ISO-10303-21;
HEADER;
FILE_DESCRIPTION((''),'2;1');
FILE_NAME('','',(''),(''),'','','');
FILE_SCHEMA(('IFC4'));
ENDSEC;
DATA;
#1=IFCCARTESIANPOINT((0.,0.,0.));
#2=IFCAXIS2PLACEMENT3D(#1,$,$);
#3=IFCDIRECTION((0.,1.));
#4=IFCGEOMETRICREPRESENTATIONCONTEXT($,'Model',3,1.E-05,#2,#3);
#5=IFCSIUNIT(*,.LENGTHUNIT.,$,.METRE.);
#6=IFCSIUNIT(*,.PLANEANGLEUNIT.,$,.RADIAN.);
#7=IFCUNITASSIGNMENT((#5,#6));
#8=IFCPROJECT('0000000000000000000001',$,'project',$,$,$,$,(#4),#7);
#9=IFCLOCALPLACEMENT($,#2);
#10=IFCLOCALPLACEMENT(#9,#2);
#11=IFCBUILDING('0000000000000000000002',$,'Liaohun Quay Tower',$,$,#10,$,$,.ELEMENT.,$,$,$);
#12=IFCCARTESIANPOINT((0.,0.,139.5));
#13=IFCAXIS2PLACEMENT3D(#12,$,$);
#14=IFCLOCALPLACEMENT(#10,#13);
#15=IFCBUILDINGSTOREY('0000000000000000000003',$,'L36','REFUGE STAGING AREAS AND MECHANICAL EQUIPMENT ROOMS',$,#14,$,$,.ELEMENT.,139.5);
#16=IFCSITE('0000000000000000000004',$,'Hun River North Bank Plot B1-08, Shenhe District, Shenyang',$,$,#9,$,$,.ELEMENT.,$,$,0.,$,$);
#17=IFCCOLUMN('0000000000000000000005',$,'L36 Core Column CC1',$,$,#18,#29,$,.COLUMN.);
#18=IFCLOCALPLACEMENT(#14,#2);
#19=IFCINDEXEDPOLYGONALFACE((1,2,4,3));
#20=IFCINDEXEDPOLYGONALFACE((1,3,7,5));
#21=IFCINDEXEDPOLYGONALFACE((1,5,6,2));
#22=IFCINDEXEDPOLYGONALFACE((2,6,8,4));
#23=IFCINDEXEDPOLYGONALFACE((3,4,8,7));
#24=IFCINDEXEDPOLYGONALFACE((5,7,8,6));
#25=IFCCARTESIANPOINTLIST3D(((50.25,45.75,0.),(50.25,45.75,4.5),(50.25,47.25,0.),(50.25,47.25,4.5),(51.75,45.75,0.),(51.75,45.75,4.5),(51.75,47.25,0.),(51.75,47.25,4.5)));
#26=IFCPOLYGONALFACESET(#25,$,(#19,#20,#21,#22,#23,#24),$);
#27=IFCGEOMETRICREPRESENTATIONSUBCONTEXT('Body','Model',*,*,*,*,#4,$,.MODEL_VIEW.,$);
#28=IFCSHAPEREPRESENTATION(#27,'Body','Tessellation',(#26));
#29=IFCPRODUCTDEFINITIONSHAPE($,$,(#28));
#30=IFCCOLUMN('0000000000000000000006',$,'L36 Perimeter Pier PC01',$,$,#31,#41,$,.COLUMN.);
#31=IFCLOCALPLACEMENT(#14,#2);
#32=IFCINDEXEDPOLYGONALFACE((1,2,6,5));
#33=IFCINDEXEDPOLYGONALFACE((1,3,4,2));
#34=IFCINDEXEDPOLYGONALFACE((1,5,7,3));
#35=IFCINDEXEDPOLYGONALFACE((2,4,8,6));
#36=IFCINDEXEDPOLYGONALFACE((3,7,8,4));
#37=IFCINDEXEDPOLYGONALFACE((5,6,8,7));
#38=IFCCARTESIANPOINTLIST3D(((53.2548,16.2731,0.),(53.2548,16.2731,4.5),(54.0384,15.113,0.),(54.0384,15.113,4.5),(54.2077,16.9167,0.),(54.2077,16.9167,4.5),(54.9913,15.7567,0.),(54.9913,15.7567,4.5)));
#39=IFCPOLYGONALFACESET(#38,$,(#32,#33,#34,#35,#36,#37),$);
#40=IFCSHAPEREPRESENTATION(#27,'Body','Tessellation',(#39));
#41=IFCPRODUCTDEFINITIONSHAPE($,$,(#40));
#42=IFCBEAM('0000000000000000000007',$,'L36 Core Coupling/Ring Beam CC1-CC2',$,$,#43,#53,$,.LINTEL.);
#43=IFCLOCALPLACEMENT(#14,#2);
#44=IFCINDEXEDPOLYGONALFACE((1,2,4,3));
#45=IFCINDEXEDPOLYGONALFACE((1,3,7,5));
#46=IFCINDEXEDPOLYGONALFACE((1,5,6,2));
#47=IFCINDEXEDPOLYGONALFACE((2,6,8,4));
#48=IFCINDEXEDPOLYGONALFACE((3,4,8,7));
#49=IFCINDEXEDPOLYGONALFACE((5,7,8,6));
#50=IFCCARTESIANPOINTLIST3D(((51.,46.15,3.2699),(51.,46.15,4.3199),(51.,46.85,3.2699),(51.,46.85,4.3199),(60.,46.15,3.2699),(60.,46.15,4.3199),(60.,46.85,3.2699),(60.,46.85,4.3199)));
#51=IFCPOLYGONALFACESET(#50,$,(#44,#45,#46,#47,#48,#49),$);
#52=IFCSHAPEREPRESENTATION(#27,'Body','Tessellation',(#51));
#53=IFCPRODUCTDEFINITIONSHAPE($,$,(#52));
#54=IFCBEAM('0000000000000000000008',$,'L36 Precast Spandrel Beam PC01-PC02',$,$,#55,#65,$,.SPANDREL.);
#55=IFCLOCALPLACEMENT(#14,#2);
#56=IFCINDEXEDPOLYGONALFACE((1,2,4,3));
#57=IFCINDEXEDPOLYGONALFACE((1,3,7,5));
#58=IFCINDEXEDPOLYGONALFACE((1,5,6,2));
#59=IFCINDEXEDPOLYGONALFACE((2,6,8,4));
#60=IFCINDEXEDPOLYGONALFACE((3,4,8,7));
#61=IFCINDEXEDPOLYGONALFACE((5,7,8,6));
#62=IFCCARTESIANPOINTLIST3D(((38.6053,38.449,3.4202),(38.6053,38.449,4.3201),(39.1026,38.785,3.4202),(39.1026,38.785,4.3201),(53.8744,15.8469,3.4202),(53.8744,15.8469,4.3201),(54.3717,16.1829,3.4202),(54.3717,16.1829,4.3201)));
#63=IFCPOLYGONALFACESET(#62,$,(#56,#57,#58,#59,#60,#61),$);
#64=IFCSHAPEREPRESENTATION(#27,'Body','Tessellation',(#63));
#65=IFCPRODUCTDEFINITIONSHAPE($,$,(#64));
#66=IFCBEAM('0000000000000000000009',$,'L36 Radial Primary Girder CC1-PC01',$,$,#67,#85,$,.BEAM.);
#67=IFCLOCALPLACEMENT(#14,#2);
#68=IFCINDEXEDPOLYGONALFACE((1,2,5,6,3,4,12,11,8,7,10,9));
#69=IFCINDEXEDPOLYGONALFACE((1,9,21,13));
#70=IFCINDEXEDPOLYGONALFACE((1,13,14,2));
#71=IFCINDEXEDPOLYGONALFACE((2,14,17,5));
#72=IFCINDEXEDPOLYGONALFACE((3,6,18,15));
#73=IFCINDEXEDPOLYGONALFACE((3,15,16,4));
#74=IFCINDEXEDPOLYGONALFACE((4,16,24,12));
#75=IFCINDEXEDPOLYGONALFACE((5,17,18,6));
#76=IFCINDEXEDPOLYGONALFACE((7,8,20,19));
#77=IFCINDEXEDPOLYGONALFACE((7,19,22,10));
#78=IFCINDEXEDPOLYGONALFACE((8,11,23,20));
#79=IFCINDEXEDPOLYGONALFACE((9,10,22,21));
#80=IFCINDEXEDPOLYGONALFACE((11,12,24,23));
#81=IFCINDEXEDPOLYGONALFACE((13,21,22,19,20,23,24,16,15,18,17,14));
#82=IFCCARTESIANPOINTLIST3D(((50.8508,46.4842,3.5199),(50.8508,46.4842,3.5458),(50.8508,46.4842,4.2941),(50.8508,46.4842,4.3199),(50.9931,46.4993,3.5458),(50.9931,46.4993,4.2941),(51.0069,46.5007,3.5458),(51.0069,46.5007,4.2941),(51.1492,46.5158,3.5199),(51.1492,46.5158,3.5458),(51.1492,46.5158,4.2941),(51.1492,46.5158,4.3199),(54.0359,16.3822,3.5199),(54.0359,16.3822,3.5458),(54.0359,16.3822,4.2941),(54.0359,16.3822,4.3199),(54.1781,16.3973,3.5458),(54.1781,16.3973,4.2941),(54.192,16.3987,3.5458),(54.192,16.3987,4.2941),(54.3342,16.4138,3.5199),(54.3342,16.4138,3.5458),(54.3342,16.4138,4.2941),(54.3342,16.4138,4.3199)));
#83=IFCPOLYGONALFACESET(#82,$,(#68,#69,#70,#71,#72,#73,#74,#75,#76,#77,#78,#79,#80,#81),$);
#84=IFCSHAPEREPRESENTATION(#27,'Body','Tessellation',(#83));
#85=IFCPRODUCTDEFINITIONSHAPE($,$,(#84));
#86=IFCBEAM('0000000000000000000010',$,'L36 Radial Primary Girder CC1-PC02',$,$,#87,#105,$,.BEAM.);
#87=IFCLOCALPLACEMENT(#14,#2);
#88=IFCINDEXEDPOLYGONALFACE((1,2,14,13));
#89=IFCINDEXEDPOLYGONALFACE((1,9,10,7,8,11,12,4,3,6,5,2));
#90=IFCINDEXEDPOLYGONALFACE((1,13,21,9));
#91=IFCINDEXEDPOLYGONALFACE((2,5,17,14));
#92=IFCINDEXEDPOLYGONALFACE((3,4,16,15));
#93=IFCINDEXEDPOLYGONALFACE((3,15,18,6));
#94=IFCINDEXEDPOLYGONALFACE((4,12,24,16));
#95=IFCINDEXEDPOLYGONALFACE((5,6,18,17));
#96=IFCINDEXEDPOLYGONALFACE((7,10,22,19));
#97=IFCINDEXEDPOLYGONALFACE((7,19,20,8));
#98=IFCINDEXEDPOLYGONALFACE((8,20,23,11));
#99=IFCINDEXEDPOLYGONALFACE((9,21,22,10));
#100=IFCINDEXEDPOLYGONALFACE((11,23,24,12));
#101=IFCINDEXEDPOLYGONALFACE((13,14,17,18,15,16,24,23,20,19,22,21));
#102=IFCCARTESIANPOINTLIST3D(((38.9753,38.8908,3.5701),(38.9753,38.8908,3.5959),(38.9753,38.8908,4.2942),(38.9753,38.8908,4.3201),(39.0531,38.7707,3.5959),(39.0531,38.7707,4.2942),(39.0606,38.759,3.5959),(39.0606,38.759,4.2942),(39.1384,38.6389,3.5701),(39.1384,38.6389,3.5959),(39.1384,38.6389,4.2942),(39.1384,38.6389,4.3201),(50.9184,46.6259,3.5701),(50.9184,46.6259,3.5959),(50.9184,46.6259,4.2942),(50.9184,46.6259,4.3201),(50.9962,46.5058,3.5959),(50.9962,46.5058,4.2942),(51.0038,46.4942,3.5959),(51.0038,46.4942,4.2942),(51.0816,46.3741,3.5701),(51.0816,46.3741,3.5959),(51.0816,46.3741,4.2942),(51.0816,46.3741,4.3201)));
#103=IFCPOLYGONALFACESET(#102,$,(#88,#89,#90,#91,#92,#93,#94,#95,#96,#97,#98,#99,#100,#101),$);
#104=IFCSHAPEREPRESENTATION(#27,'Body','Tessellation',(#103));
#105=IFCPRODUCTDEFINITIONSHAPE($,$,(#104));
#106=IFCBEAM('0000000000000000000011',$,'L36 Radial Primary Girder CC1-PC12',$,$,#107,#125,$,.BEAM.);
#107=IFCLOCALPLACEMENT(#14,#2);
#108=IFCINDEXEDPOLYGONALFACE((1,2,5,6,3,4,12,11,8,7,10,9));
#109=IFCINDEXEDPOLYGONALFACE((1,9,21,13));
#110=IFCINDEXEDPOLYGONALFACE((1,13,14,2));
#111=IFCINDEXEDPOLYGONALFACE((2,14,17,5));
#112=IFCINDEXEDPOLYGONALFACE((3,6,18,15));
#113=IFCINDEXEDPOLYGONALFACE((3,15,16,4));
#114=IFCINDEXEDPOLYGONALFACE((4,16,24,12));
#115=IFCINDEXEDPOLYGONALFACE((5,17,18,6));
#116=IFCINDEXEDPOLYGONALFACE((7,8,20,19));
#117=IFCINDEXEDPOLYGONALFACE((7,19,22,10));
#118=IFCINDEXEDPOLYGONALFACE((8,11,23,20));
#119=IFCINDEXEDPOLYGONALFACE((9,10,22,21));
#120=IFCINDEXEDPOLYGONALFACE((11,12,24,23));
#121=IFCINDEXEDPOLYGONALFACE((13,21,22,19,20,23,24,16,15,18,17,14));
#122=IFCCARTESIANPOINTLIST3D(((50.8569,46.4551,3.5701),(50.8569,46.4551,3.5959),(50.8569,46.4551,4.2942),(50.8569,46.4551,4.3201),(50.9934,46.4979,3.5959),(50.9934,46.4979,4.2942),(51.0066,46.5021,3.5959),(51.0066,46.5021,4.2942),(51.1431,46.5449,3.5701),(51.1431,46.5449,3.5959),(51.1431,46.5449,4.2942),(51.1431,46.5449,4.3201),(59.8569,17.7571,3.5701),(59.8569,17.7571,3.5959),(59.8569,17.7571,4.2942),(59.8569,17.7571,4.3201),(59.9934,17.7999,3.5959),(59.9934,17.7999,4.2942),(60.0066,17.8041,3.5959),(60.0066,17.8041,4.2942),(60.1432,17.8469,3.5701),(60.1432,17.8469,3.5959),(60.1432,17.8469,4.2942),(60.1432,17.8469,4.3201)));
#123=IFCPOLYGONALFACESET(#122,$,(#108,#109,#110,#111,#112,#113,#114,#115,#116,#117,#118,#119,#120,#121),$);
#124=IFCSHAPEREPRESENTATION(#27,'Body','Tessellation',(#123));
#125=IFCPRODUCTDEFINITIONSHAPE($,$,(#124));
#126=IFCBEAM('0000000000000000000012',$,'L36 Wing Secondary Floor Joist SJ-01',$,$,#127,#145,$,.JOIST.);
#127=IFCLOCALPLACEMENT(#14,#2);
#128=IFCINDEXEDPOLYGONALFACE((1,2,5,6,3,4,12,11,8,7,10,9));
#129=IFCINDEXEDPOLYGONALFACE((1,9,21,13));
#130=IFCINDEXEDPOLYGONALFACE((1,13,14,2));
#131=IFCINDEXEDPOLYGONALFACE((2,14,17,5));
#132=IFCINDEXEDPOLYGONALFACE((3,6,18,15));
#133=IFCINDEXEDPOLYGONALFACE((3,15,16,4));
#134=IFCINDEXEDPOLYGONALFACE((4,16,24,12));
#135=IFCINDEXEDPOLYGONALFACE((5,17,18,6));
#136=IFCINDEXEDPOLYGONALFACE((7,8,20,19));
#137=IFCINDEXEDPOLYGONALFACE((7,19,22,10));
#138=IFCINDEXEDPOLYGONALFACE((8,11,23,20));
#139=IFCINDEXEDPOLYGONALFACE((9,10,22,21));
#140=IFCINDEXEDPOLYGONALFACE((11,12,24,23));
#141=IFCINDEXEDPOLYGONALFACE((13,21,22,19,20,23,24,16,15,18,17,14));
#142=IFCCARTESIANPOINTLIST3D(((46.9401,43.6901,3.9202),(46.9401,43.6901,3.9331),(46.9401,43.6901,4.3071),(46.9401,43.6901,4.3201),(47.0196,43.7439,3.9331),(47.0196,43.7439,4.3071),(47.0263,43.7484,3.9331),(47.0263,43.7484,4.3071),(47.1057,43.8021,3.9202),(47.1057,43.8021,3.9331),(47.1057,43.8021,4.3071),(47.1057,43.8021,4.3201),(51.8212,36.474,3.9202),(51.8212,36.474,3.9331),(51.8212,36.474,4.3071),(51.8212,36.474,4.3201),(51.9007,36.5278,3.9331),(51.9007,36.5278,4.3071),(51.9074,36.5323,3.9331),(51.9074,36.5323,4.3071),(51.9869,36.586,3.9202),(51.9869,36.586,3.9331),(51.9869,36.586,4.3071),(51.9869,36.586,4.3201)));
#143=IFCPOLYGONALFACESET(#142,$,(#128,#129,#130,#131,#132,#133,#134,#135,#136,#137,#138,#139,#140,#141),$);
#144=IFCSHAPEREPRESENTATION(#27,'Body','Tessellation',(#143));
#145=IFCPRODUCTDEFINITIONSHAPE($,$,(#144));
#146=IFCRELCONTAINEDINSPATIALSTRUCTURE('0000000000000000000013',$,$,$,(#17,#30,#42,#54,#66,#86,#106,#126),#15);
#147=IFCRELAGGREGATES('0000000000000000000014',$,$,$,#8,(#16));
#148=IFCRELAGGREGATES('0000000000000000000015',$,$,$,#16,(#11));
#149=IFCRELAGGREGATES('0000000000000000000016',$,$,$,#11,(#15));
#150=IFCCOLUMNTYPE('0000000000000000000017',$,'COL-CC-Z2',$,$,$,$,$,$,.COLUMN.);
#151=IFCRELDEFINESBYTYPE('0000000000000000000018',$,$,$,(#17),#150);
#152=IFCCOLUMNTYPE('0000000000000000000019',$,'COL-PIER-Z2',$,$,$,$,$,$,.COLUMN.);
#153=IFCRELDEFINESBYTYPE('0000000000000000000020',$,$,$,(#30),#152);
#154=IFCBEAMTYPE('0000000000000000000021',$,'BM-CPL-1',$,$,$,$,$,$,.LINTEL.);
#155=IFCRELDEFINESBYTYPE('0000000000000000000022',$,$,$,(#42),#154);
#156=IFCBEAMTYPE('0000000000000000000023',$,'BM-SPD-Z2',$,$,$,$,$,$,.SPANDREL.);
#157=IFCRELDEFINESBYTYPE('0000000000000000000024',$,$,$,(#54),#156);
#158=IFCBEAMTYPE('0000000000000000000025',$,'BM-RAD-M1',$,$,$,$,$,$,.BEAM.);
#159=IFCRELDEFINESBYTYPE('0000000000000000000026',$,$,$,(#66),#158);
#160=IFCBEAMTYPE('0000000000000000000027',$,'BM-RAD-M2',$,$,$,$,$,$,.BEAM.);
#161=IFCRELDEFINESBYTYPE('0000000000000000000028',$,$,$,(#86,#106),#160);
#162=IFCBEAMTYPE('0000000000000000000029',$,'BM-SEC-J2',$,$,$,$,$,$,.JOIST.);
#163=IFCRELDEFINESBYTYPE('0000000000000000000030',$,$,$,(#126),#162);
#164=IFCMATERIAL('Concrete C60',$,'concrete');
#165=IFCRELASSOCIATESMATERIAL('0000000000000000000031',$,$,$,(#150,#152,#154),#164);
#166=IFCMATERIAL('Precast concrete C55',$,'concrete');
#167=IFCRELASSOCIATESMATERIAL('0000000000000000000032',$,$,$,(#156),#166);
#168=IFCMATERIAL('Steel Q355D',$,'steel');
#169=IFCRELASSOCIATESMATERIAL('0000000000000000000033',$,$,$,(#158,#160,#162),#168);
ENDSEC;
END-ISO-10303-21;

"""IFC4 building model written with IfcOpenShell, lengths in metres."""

from ifc_helpers import new_model, si_unit, direction, frame, origin, origin_2d, place, context, subcontext, project, spatial, rectangle, i_section, extrude, source, transform, mapped, material, material_profile, profile_set, type_object, element, save


model = new_model("IFC4")

# Units and contexts
model_context = context("Model", 3, precision=1e-05, world=origin(), true_north=direction((0.0, 1.0)))
body_context = subcontext(model_context, "Body", "Model", "MODEL_VIEW")
ifc_project = project(units=[si_unit("LENGTHUNIT", "METRE"), si_unit("PLANEANGLEUNIT", "RADIAN")], contexts=[model_context])

# Site, building, storey
site_placement = place(None, origin())
site = spatial("IfcSite", under=ifc_project, at=site_placement, Name="Hun River North Bank Plot B1-08, Shenhe District, Shenyang", CompositionType="ELEMENT", RefElevation=0.0)
building_placement = place(site_placement, origin())
building = spatial("IfcBuilding", under=site, at=building_placement, Name="Liaohun Quay Tower", CompositionType="ELEMENT")
storey_placement = place(building_placement, frame((0.0, 0.0, 139.5)))
storey = spatial("IfcBuildingStorey", under=building, at=storey_placement, Name="L36", Description="REFUGE STAGING AREAS AND MECHANICAL EQUIPMENT ROOMS", CompositionType="ELEMENT", Elevation=139.5)

# Columns
ifc_material_1 = material(Name="Concrete C60", Category="concrete")
ifc_material_profile_1 = material_profile(ifc_material_1, rectangle(XDim=1.5, YDim=1.5, at=origin_2d()), Name="RC1500x1500")
ifc_profile_set_1 = profile_set([ifc_material_profile_1], Name="Concrete C60")
column_type_1 = type_object("IfcColumnType", Name="COL-CC-Z2", PredefinedType="COLUMN", material=ifc_profile_set_1)
shared_shape_1 = source(origin(), body_context, "Body", "SweptSolid", [
    extrude(rectangle(XDim=1.5, YDim=1.5, at=origin_2d()), origin(), (0.0, 0.0, 1.0), 4.5),
])
column_1_placement = place(storey_placement, frame((51.0, 46.5, 0.0), z_axis=(0.0, 0.0, 1.0), x_axis=(1.0, 0.0, 0.0)))
element("IfcColumn", 1, at=column_1_placement, inside=storey, type_object=column_type_1, Name="L36 Core Column CC1", PredefinedType="COLUMN", context=body_context, shape_type="MappedRepresentation", body=[
    mapped(shared_shape_1, transform((0.0, 0.0, 0.0), x_axis=(1.0, 0.0, 0.0), y_axis=(0.0, 1.0, 0.0), z_axis=(0.0, 0.0, 1.0), scale=1.0)),
])
ifc_material_profile_2 = material_profile(ifc_material_1, rectangle(XDim=1.3999, YDim=1.1499, at=origin_2d()), Name="RC1400x1150")
ifc_profile_set_2 = profile_set([ifc_material_profile_2], Name="Concrete C60")
column_type_2 = type_object("IfcColumnType", Name="COL-PIER-Z2", PredefinedType="COLUMN", material=ifc_profile_set_2)
shared_shape_2 = source(origin(), body_context, "Body", "SweptSolid", [
    extrude(rectangle(XDim=1.3999, YDim=1.1499, at=origin_2d()), origin(), (0.0, 0.0, 1.0), 4.5),
])
column_2_placement = place(storey_placement, frame((54.123, 16.0149, 0.0), z_axis=(0.0, 0.0, 1.0), x_axis=(-0.559772, 0.828647, 0.0)))
element("IfcColumn", 2, at=column_2_placement, inside=storey, type_object=column_type_2, Name="L36 Perimeter Pier PC01", PredefinedType="COLUMN", context=body_context, shape_type="MappedRepresentation", body=[
    mapped(shared_shape_2, transform((0.0, 0.0, 0.0), x_axis=(1.0, 0.0, 0.0), y_axis=(0.0, 1.0, 0.0), z_axis=(0.0, 0.0, 1.0), scale=1.0)),
])

# Beams
ifc_material_profile_3 = material_profile(ifc_material_1, rectangle(XDim=0.7, YDim=1.05, at=origin_2d()), Name="RC700x1050")
ifc_profile_set_3 = profile_set([ifc_material_profile_3], Name="Concrete C60")
beam_type_1 = type_object("IfcBeamType", Name="BM-CPL-1", PredefinedType="LINTEL", material=ifc_profile_set_3)
shared_shape_3 = source(origin(), body_context, "Body", "SweptSolid", [
    extrude(rectangle(XDim=0.7, YDim=1.05, at=origin_2d()), origin(), (0.0, 0.0, 1.0), 9.0),
])
beam_1_placement = place(storey_placement, frame((51.0, 46.5, 3.7949), z_axis=(1.0, 0.0, 0.0), x_axis=(0.0, 1.0, 0.0)))
element("IfcBeam", 3, at=beam_1_placement, inside=storey, type_object=beam_type_1, Name="L36 Core Coupling/Ring Beam CC1-CC2", PredefinedType="LINTEL", context=body_context, shape_type="MappedRepresentation", body=[
    mapped(shared_shape_3, transform((0.0, 0.0, 0.0), x_axis=(1.0, 0.0, 0.0), y_axis=(0.0, 1.0, 0.0), z_axis=(0.0, 0.0, 1.0), scale=1.0)),
])
ifc_material_2 = material(Name="Precast concrete C55", Category="concrete")
ifc_material_profile_4 = material_profile(ifc_material_2, rectangle(XDim=0.6001, YDim=0.8999, at=origin_2d()), Name="RC600x900")
ifc_profile_set_4 = profile_set([ifc_material_profile_4], Name="Precast concrete C55")
beam_type_2 = type_object("IfcBeamType", Name="BM-SPD-Z2", PredefinedType="SPANDREL", material=ifc_profile_set_4)
shared_shape_4 = source(origin(), body_context, "Body", "SweptSolid", [
    extrude(rectangle(XDim=0.6001, YDim=0.8999, at=origin_2d()), origin(), (0.0, 0.0, 1.0), 27.2764),
])
beam_2_placement = place(storey_placement, frame((54.123, 16.0149, 3.8701), z_axis=(-0.559792, 0.828633, 0.0), x_axis=(-0.828633, -0.559792, 0.0)))
element("IfcBeam", 4, at=beam_2_placement, inside=storey, type_object=beam_type_2, Name="L36 Precast Spandrel Beam PC01-PC02", PredefinedType="SPANDREL", context=body_context, shape_type="MappedRepresentation", body=[
    mapped(shared_shape_4, transform((0.0, 0.0, 0.0), x_axis=(1.0, 0.0, 0.0), y_axis=(0.0, 1.0, 0.0), z_axis=(0.0, 0.0, 1.0), scale=1.0)),
])
ifc_material_3 = material(Name="Steel Q355D", Category="steel")
ifc_material_profile_5 = material_profile(ifc_material_3, i_section(OverallWidth=0.3, OverallDepth=0.8, WebThickness=0.0139, FlangeThickness=0.0259, at=origin_2d()), Name="HN800x300x14x26")
ifc_profile_set_5 = profile_set([ifc_material_profile_5], Name="Steel Q355D")
beam_type_3 = type_object("IfcBeamType", Name="BM-RAD-M1", PredefinedType="BEAM", material=ifc_profile_set_5)
shared_shape_5 = source(origin(), body_context, "Body", "SweptSolid", [
    extrude(i_section(OverallWidth=0.3, OverallDepth=0.8, WebThickness=0.0139, FlangeThickness=0.0259, at=origin_2d()), origin(), (0.0, 0.0, 1.0), 30.27),
])
beam_3_placement = place(storey_placement, frame((51.0, 46.5, 3.9199), z_axis=(0.105221, -0.994449, 0.0), x_axis=(0.994449, 0.105221, 0.0)))
element("IfcBeam", 5, at=beam_3_placement, inside=storey, type_object=beam_type_3, Name="L36 Radial Primary Girder CC1-PC01", PredefinedType="BEAM", context=body_context, shape_type="MappedRepresentation", body=[
    mapped(shared_shape_5, transform((0.0, 0.0, 0.0), x_axis=(1.0, 0.0, 0.0), y_axis=(0.0, 1.0, 0.0), z_axis=(0.0, 0.0, 1.0), scale=1.0)),
])
ifc_material_profile_6 = material_profile(ifc_material_3, i_section(OverallWidth=0.3, OverallDepth=0.75, WebThickness=0.0139, FlangeThickness=0.0259, at=origin_2d()), Name="HN750x300x14x26")
ifc_profile_set_6 = profile_set([ifc_material_profile_6], Name="Steel Q355D")
beam_type_4 = type_object("IfcBeamType", Name="BM-RAD-M2", PredefinedType="BEAM", material=ifc_profile_set_6)
shared_shape_6 = source(origin(), body_context, "Body", "SweptSolid", [
    extrude(i_section(OverallWidth=0.3, OverallDepth=0.75, WebThickness=0.0139, FlangeThickness=0.0259, at=origin_2d()), origin(), (0.0, 0.0, 1.0), 14.2292),
])
beam_4_placement = place(storey_placement, frame((51.0, 46.5, 3.9451), z_axis=(-0.839339, -0.543608, 0.0), x_axis=(0.543608, -0.839339, 0.0)))
element("IfcBeam", 6, at=beam_4_placement, inside=storey, type_object=beam_type_4, Name="L36 Radial Primary Girder CC1-PC02", PredefinedType="BEAM", context=body_context, shape_type="MappedRepresentation", body=[
    mapped(shared_shape_6, transform((0.0, 0.0, 0.0), x_axis=(1.0, 0.0, 0.0), y_axis=(0.0, 1.0, 0.0), z_axis=(0.0, 0.0, 1.0), scale=1.0)),
])
shared_shape_7 = source(origin(), body_context, "Body", "SweptSolid", [
    extrude(i_section(OverallWidth=0.3, OverallDepth=0.75, WebThickness=0.0139, FlangeThickness=0.0259, at=origin_2d()), origin(), (0.0, 0.0, 1.0), 30.0762),
])
beam_5_placement = place(storey_placement, frame((51.0, 46.5, 3.9451), z_axis=(0.29924, -0.954178, 0.0), x_axis=(0.954178, 0.29924, 0.0)))
element("IfcBeam", 7, at=beam_5_placement, inside=storey, type_object=beam_type_4, Name="L36 Radial Primary Girder CC1-PC12", PredefinedType="BEAM", context=body_context, shape_type="MappedRepresentation", body=[
    mapped(shared_shape_7, transform((0.0, 0.0, 0.0), x_axis=(1.0, 0.0, 0.0), y_axis=(0.0, 1.0, 0.0), z_axis=(0.0, 0.0, 1.0), scale=1.0)),
])
ifc_material_profile_7 = material_profile(ifc_material_3, i_section(OverallWidth=0.2, OverallDepth=0.3999, WebThickness=0.0081, FlangeThickness=0.0129, at=origin_2d()), Name="HN400x200x8x13")
ifc_profile_set_7 = profile_set([ifc_material_profile_7], Name="Steel Q355D")
beam_type_5 = type_object("IfcBeamType", Name="BM-SEC-J2", PredefinedType="JOIST", material=ifc_profile_set_7)
shared_shape_8 = source(origin(), body_context, "Body", "SweptSolid", [
    extrude(i_section(OverallWidth=0.2, OverallDepth=0.3999, WebThickness=0.0081, FlangeThickness=0.0129, at=origin_2d()), origin(), (0.0, 0.0, 1.0), 8.7119),
])
beam_6_placement = place(storey_placement, frame((51.9041, 36.53, 4.1201), z_axis=(-0.560282, 0.828302, 0.0), x_axis=(-0.828302, -0.560282, 0.0)))
element("IfcBeam", 8, at=beam_6_placement, inside=storey, type_object=beam_type_5, Name="L36 Wing Secondary Floor Joist SJ-01", PredefinedType="JOIST", context=body_context, shape_type="MappedRepresentation", body=[
    mapped(shared_shape_8, transform((0.0, 0.0, 0.0), x_axis=(1.0, 0.0, 0.0), y_axis=(0.0, 1.0, 0.0), z_axis=(0.0, 0.0, 1.0), scale=1.0)),
])

save(model, "model.ifc")
